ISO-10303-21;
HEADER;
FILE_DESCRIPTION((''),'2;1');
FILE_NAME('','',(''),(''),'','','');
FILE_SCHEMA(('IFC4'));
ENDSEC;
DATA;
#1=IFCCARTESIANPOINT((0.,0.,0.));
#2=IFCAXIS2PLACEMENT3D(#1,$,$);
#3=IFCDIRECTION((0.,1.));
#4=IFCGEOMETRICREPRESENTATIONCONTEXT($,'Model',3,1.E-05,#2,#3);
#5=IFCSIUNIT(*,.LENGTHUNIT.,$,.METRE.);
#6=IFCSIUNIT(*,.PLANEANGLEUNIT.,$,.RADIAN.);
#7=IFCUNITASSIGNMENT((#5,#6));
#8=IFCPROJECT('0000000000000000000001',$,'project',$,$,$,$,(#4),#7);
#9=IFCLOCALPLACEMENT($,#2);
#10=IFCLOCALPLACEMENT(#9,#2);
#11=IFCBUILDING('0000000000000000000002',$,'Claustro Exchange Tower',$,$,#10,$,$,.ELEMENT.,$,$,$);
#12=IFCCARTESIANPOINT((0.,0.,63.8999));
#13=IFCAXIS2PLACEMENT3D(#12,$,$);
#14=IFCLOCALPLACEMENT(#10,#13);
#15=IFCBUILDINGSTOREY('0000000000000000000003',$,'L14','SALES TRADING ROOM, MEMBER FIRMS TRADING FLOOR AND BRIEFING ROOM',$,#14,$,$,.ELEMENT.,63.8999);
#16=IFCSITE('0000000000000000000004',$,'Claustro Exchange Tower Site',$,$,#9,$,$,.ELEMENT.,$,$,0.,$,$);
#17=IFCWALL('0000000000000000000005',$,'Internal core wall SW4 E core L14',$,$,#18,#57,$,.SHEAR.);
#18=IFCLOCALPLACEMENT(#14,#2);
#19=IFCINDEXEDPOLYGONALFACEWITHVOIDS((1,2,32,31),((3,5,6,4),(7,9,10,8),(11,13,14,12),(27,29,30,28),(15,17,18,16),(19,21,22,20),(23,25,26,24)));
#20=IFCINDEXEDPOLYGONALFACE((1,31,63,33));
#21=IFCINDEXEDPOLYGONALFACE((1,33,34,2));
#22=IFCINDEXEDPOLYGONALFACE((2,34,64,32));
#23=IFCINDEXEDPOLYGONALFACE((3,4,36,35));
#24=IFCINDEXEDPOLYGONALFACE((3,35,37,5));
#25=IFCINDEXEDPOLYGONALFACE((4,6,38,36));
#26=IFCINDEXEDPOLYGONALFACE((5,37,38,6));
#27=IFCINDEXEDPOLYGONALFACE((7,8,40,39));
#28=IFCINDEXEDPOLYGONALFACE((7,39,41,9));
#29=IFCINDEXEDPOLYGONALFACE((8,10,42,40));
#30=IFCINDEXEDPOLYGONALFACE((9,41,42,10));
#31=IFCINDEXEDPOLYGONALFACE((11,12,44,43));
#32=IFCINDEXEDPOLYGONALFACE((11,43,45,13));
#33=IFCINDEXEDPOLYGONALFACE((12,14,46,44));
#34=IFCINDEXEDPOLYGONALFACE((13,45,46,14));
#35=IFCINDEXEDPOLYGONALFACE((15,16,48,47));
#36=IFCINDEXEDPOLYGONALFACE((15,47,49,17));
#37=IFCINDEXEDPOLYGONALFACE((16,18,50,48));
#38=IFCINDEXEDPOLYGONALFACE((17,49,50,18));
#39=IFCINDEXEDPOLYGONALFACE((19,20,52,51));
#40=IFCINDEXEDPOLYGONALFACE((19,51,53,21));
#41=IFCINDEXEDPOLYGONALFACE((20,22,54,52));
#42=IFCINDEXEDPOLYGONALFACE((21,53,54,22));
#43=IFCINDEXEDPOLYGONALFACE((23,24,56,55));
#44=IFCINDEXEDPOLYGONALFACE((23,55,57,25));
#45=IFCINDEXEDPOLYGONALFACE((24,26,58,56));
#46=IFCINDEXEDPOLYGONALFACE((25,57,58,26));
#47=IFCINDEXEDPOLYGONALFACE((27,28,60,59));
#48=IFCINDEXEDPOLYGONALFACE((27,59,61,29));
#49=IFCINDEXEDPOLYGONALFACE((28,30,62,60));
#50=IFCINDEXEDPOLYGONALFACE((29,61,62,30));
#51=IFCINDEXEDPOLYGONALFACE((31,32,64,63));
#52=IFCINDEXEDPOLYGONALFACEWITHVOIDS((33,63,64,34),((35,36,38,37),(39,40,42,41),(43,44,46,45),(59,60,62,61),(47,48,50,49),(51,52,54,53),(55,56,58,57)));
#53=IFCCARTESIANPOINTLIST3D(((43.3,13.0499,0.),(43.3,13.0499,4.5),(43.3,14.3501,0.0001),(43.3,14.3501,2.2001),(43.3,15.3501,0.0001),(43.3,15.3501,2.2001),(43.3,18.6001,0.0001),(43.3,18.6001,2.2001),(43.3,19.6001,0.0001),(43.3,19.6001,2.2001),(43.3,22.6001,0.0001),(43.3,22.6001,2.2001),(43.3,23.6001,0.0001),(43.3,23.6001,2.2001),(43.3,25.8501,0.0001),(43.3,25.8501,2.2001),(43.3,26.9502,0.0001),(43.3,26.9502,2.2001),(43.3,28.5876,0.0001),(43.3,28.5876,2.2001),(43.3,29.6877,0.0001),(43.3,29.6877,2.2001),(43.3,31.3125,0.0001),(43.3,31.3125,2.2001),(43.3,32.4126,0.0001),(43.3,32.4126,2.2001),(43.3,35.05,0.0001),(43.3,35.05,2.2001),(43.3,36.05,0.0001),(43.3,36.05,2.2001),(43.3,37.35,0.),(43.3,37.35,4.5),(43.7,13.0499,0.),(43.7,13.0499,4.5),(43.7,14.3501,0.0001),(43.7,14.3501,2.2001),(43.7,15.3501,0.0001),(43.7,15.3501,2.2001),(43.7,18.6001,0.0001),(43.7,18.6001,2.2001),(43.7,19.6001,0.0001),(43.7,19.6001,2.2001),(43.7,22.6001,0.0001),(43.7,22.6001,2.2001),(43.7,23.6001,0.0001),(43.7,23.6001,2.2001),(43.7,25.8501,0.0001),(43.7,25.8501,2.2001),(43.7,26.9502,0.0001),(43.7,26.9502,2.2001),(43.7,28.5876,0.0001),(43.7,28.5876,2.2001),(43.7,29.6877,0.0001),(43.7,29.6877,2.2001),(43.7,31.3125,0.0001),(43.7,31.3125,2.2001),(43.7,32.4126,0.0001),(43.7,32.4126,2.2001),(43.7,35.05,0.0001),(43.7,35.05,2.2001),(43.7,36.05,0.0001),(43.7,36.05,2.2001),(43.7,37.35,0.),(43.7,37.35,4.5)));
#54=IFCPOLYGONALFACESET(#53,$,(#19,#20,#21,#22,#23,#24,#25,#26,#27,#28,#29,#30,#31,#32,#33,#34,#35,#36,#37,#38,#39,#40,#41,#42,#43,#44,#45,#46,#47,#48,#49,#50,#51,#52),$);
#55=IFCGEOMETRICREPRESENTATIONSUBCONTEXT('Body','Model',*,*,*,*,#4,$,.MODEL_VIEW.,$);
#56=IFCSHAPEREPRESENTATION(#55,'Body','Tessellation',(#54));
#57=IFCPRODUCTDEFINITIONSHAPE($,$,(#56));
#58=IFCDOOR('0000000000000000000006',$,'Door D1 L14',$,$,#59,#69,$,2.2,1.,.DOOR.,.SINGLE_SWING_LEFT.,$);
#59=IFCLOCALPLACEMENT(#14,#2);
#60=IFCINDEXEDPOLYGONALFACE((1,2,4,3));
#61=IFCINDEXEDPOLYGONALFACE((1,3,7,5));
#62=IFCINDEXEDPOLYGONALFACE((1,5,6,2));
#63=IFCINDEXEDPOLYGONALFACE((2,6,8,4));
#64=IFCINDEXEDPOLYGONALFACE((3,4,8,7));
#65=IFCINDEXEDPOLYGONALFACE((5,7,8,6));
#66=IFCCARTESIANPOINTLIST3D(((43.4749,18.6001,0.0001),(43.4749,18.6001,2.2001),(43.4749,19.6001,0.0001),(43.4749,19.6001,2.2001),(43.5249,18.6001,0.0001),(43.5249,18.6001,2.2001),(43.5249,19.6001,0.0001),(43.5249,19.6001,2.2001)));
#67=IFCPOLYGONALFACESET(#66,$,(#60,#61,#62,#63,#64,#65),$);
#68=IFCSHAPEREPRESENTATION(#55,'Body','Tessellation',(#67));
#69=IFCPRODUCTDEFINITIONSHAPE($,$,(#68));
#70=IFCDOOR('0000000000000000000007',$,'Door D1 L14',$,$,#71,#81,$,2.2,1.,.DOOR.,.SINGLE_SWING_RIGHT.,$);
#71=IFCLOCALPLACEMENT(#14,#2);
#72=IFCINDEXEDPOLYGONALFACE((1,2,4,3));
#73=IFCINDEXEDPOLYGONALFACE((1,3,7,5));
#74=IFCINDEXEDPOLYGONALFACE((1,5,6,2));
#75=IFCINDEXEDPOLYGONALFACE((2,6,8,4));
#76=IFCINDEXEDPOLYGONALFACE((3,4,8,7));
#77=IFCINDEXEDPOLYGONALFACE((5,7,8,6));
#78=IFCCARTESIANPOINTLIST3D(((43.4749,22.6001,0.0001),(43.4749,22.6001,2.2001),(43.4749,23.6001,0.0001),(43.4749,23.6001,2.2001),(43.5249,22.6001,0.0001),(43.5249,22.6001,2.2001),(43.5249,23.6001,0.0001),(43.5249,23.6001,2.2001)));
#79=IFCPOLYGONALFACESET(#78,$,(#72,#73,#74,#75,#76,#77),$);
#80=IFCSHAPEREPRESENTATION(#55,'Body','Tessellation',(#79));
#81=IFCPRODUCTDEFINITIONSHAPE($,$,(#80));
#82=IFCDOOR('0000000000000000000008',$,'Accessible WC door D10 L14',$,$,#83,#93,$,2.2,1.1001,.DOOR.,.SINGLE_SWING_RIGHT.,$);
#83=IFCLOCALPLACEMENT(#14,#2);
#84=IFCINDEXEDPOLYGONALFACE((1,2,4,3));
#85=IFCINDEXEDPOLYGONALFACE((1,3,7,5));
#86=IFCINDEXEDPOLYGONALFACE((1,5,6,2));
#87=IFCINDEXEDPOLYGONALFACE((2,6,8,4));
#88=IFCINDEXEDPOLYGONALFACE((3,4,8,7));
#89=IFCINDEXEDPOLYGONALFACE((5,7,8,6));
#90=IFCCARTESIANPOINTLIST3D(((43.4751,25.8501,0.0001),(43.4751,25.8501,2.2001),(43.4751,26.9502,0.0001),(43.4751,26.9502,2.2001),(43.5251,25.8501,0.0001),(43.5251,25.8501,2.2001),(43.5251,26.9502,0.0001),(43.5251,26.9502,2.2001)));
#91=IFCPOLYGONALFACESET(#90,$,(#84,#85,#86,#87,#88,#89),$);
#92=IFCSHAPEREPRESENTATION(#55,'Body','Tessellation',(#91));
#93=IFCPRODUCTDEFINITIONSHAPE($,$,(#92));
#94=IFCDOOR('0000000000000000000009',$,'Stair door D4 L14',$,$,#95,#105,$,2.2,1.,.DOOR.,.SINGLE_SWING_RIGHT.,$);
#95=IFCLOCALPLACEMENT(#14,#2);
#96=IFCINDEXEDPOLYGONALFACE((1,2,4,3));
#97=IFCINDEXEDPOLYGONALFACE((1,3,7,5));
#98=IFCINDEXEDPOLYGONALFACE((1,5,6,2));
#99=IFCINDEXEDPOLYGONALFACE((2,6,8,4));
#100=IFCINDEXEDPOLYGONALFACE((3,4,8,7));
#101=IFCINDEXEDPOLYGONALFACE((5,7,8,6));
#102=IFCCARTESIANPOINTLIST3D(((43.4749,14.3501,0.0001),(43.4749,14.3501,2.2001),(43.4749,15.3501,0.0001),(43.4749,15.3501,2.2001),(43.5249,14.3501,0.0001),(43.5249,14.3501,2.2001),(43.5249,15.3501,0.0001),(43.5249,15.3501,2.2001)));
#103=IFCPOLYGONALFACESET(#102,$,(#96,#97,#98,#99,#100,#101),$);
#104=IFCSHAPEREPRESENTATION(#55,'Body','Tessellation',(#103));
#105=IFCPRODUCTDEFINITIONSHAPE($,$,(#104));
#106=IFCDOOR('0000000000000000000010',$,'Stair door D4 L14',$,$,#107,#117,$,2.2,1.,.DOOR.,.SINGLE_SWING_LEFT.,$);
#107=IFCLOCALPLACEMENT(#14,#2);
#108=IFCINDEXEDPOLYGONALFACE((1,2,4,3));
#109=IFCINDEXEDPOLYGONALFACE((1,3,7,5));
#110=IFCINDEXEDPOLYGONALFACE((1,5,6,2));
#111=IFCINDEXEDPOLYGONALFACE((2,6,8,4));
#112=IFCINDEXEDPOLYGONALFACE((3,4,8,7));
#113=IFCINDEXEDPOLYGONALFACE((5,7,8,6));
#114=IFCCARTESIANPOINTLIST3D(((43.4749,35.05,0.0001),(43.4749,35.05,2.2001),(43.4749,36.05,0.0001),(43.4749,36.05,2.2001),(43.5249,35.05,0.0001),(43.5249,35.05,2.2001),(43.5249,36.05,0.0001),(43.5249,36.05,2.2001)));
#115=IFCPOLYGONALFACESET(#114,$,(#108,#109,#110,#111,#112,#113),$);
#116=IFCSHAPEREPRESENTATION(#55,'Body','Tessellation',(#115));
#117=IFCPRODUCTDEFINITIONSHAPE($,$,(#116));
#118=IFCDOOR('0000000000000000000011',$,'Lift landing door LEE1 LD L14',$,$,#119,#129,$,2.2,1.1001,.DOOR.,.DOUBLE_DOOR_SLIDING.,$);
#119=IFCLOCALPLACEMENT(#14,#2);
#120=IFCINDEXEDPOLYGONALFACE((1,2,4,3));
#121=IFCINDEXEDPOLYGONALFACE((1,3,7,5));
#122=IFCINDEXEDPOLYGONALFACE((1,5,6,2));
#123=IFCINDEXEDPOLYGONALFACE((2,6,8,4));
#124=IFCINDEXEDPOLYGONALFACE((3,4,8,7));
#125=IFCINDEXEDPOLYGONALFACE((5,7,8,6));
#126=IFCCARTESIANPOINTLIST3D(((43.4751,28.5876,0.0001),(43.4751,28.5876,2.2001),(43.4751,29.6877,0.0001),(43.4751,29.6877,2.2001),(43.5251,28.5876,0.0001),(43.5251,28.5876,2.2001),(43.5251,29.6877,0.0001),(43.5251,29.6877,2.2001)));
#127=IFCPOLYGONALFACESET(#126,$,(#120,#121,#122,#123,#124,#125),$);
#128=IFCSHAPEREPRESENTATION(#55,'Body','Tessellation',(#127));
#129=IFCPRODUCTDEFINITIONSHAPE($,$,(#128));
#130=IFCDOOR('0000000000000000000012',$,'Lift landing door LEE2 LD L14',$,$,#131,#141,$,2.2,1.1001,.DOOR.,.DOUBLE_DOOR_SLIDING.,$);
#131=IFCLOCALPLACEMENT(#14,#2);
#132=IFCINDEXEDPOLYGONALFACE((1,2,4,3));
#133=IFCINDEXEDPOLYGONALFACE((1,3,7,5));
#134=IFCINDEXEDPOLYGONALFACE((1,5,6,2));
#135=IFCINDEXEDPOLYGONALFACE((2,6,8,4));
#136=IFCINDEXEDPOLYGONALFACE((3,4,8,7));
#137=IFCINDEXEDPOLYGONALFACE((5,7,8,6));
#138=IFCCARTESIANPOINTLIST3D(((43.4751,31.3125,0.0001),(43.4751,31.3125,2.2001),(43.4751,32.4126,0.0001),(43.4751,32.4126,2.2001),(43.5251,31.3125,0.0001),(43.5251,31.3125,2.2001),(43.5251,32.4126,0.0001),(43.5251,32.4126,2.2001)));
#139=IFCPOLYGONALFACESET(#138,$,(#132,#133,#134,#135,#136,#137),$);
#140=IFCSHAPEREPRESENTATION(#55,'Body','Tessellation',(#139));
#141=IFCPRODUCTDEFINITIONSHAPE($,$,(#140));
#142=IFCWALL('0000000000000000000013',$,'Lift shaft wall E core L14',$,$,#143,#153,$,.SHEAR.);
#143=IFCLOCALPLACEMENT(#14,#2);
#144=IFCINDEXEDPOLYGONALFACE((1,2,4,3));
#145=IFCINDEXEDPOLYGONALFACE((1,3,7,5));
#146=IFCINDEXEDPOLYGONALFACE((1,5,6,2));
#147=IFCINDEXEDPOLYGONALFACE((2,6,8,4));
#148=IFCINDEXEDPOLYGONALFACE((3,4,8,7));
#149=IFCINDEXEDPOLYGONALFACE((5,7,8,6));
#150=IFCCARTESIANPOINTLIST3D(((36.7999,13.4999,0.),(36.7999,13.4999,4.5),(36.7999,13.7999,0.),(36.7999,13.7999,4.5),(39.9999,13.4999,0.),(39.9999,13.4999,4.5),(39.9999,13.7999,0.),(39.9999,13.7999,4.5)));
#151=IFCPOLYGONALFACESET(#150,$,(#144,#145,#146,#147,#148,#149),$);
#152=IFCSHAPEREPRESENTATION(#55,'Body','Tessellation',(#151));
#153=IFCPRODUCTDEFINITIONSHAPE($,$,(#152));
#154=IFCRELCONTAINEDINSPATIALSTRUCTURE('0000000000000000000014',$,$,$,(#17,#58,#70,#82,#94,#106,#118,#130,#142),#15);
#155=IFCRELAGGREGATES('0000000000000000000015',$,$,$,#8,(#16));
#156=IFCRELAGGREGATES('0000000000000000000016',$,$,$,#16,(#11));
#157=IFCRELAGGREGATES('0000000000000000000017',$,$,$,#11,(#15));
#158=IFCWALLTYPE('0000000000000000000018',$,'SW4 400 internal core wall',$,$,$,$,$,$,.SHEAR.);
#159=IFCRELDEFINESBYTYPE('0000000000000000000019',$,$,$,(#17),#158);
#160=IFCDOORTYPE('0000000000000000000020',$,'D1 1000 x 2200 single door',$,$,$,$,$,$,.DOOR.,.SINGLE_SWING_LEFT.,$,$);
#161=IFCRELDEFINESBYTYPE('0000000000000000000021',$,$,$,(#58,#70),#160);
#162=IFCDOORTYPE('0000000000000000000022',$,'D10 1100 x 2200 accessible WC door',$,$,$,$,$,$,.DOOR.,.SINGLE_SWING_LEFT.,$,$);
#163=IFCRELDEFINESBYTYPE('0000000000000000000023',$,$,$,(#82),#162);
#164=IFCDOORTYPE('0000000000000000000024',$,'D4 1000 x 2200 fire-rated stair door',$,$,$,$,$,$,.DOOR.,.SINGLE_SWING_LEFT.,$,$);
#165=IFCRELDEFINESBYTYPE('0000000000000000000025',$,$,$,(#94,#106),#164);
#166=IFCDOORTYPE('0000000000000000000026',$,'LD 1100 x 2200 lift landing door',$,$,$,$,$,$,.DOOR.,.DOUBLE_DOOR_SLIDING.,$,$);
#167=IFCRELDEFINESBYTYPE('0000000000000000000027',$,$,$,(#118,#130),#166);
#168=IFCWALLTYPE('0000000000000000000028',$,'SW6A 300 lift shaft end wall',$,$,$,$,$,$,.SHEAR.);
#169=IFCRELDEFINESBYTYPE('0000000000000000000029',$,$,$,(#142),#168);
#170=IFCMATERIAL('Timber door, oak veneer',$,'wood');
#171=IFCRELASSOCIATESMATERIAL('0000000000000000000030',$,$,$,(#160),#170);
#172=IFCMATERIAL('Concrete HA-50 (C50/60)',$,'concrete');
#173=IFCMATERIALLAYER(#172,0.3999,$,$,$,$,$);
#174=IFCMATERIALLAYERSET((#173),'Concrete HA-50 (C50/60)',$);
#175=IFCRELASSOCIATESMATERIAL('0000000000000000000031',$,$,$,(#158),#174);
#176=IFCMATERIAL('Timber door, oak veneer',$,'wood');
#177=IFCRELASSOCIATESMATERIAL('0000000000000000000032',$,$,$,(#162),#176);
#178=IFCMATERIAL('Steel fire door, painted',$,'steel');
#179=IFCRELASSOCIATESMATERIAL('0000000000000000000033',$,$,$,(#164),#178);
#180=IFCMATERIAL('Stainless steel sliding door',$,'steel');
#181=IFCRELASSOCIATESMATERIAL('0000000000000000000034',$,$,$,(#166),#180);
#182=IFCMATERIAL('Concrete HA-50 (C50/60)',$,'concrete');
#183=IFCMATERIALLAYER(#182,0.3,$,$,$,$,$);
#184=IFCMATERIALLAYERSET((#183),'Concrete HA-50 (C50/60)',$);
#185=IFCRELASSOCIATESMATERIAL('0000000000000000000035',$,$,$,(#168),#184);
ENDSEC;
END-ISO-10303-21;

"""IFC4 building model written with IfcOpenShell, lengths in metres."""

from ifc_helpers import new_model, si_unit, direction, frame, frame_2d, origin, place, context, subcontext, project, spatial, rectangle, extrude, material, layer, layer_set, type_object, element, fill, save


model = new_model("IFC4")

# Units and contexts
model_context = context("Model", 3, precision=1e-05, world=origin(), true_north=direction((0.0, 1.0)))
body_context = subcontext(model_context, "Body", "Model", "MODEL_VIEW")
ifc_project = project(units=[si_unit("LENGTHUNIT", "METRE"), si_unit("PLANEANGLEUNIT", "RADIAN")], contexts=[model_context])

# Site, building, storey
site_placement = place(None, origin())
site = spatial("IfcSite", under=ifc_project, at=site_placement, Name="Claustro Exchange Tower Site", CompositionType="ELEMENT", RefElevation=0.0)
building_placement = place(site_placement, origin())
building = spatial("IfcBuilding", under=site, at=building_placement, Name="Claustro Exchange Tower", CompositionType="ELEMENT")
storey_placement = place(building_placement, frame((0.0, 0.0, 63.8999)))
storey = spatial("IfcBuildingStorey", under=building, at=storey_placement, Name="L14", Description="SALES TRADING ROOM, MEMBER FIRMS TRADING FLOOR AND BRIEFING ROOM", CompositionType="ELEMENT", Elevation=63.8999)

# Shared definitions
ifc_material_1 = material(Name="Timber door, oak veneer", Category="wood")
door_type_1 = type_object("IfcDoorType", Name="D1 1000 x 2200 single door", OperationType="SINGLE_SWING_LEFT", PredefinedType="DOOR", material=ifc_material_1)

# Wall, openings, doors
ifc_material_2 = material(Name="Concrete HA-50 (C50/60)", Category="concrete")
ifc_layer_1 = layer(ifc_material_2, 0.3999)
ifc_layer_set_1 = layer_set([ifc_layer_1], Name="Concrete HA-50 (C50/60)")
wall_type_1 = type_object("IfcWallType", Name="SW4 400 internal core wall", PredefinedType="SHEAR", material=ifc_layer_set_1)
wall_1_placement = place(storey_placement, frame((43.5, 13.05, 0.0), z_axis=(0.0, 0.0, 1.0), x_axis=(0.0, 1.0, 0.0)))
wall_1 = element("IfcWall", 1, at=wall_1_placement, inside=storey, type_object=wall_type_1, Name="Internal core wall SW4 E core L14", PredefinedType="SHEAR", context=body_context, shape_type="SweptSolid", body=[
    extrude(rectangle(XDim=24.3, YDim=0.3999, at=frame_2d((12.1499, 0.0))), origin(), (0.0, 0.0, 1.0), 4.5),
])
opening_1_placement = place(wall_1_placement, frame((1.3, 0.0, 0.0)))
opening_1 = element("IfcOpeningElement", 2, at=opening_1_placement, cuts=wall_1, PredefinedType="OPENING", context=body_context, shape_type="SweptSolid", body=[
    extrude(rectangle(XDim=1.0, YDim=2.2, at=frame_2d((0.5, 1.1001))), frame((0.0, 0.21, 0.0), z_axis=(0.0, -1.0, 0.0), x_axis=(1.0, 0.0, 0.0)), (0.0, 0.0, 1.0), 0.4199),
])
opening_2_placement = place(wall_1_placement, frame((22.0, 0.0, 0.0)))
opening_2 = element("IfcOpeningElement", 3, at=opening_2_placement, cuts=wall_1, PredefinedType="OPENING", context=body_context, shape_type="SweptSolid", body=[
    extrude(rectangle(XDim=1.0, YDim=2.2, at=frame_2d((0.5, 1.1001))), frame((0.0, 0.21, 0.0), z_axis=(0.0, -1.0, 0.0), x_axis=(1.0, 0.0, 0.0)), (0.0, 0.0, 1.0), 0.4199),
])
opening_3_placement = place(wall_1_placement, frame((5.55, 0.0, 0.0)))
opening_3 = element("IfcOpeningElement", 4, at=opening_3_placement, cuts=wall_1, PredefinedType="OPENING", context=body_context, shape_type="SweptSolid", body=[
    extrude(rectangle(XDim=1.0, YDim=2.2, at=frame_2d((0.5, 1.1001))), frame((0.0, 0.21, 0.0), z_axis=(0.0, -1.0, 0.0), x_axis=(1.0, 0.0, 0.0)), (0.0, 0.0, 1.0), 0.4199),
])
opening_4_placement = place(wall_1_placement, frame((9.55, 0.0, 0.0)))
opening_4 = element("IfcOpeningElement", 5, at=opening_4_placement, cuts=wall_1, PredefinedType="OPENING", context=body_context, shape_type="SweptSolid", body=[
    extrude(rectangle(XDim=1.0, YDim=2.2, at=frame_2d((0.5, 1.1001))), frame((0.0, 0.21, 0.0), z_axis=(0.0, -1.0, 0.0), x_axis=(1.0, 0.0, 0.0)), (0.0, 0.0, 1.0), 0.4199),
])
opening_5_placement = place(wall_1_placement, frame((12.8, 0.0, 0.0)))
opening_5 = element("IfcOpeningElement", 6, at=opening_5_placement, cuts=wall_1, PredefinedType="OPENING", context=body_context, shape_type="SweptSolid", body=[
    extrude(rectangle(XDim=1.1001, YDim=2.2, at=frame_2d((0.55, 1.1001))), frame((0.0, 0.21, 0.0), z_axis=(0.0, -1.0, 0.0), x_axis=(1.0, 0.0, 0.0)), (0.0, 0.0, 1.0), 0.4199),
])
opening_6_placement = place(wall_1_placement, frame((15.5376, 0.0, 0.0)))
opening_6 = element("IfcOpeningElement", 7, at=opening_6_placement, cuts=wall_1, PredefinedType="OPENING", context=body_context, shape_type="SweptSolid", body=[
    extrude(rectangle(XDim=1.1001, YDim=2.2, at=frame_2d((0.55, 1.1001))), frame((0.0, 0.21, 0.0), z_axis=(0.0, -1.0, 0.0), x_axis=(1.0, 0.0, 0.0)), (0.0, 0.0, 1.0), 0.4199),
])
opening_7_placement = place(wall_1_placement, frame((18.2625, 0.0, 0.0)))
opening_7 = element("IfcOpeningElement", 8, at=opening_7_placement, cuts=wall_1, PredefinedType="OPENING", context=body_context, shape_type="SweptSolid", body=[
    extrude(rectangle(XDim=1.1001, YDim=2.2, at=frame_2d((0.55, 1.1001))), frame((0.0, 0.21, 0.0), z_axis=(0.0, -1.0, 0.0), x_axis=(1.0, 0.0, 0.0)), (0.0, 0.0, 1.0), 0.4199),
])
door_1_placement = place(opening_3_placement, frame((1.0, 0.0, 0.0), z_axis=(0.0, 0.0, 1.0), x_axis=(-1.0, 0.0, 0.0)))
door_1 = element("IfcDoor", 9, at=door_1_placement, inside=storey, type_object=door_type_1, Name="Door D1 L14", OperationType="SINGLE_SWING_LEFT", OverallHeight=2.2, OverallWidth=1.0, PredefinedType="DOOR", context=body_context, shape_type="SweptSolid", body=[
    extrude(rectangle(XDim=1.0, YDim=2.2, at=frame_2d((0.5, 1.1001))), frame((0.0, 0.0249, 0.0), z_axis=(0.0, -1.0, 0.0), x_axis=(1.0, 0.0, 0.0)), (0.0, 0.0, 1.0), 0.05),
])
fill(opening_3, door_1)
door_2_placement = place(opening_4_placement, frame((1.0, 0.0, 0.0), z_axis=(0.0, 0.0, 1.0), x_axis=(-1.0, 0.0, 0.0)))
door_2 = element("IfcDoor", 10, at=door_2_placement, inside=storey, type_object=door_type_1, Name="Door D1 L14", OperationType="SINGLE_SWING_RIGHT", OverallHeight=2.2, OverallWidth=1.0, PredefinedType="DOOR", context=body_context, shape_type="SweptSolid", body=[
    extrude(rectangle(XDim=1.0, YDim=2.2, at=frame_2d((0.5, 1.1001))), frame((0.0, 0.0249, 0.0), z_axis=(0.0, -1.0, 0.0), x_axis=(1.0, 0.0, 0.0)), (0.0, 0.0, 1.0), 0.05),
])
fill(opening_4, door_2)
ifc_material_3 = material(Name="Timber door, oak veneer", Category="wood")
door_type_2 = type_object("IfcDoorType", Name="D10 1100 x 2200 accessible WC door", OperationType="SINGLE_SWING_LEFT", PredefinedType="DOOR", material=ifc_material_3)
door_3_placement = place(opening_5_placement, origin())
door_3 = element("IfcDoor", 11, at=door_3_placement, inside=storey, type_object=door_type_2, Name="Accessible WC door D10 L14", OperationType="SINGLE_SWING_RIGHT", OverallHeight=2.2, OverallWidth=1.1001, PredefinedType="DOOR", context=body_context, shape_type="SweptSolid", body=[
    extrude(rectangle(XDim=1.1001, YDim=2.2, at=frame_2d((0.55, 1.1001))), frame((0.0, 0.0249, 0.0), z_axis=(0.0, -1.0, 0.0), x_axis=(1.0, 0.0, 0.0)), (0.0, 0.0, 1.0), 0.05),
])
fill(opening_5, door_3)
ifc_material_4 = material(Name="Steel fire door, painted", Category="steel")
door_type_3 = type_object("IfcDoorType", Name="D4 1000 x 2200 fire-rated stair door", OperationType="SINGLE_SWING_LEFT", PredefinedType="DOOR", material=ifc_material_4)
door_4_placement = place(opening_1_placement, frame((1.0, 0.0, 0.0), z_axis=(0.0, 0.0, 1.0), x_axis=(-1.0, 0.0, 0.0)))
door_4 = element("IfcDoor", 12, at=door_4_placement, inside=storey, type_object=door_type_3, Name="Stair door D4 L14", OperationType="SINGLE_SWING_RIGHT", OverallHeight=2.2, OverallWidth=1.0, PredefinedType="DOOR", context=body_context, shape_type="SweptSolid", body=[
    extrude(rectangle(XDim=1.0, YDim=2.2, at=frame_2d((0.5, 1.1001))), frame((0.0, 0.0249, 0.0), z_axis=(0.0, -1.0, 0.0), x_axis=(1.0, 0.0, 0.0)), (0.0, 0.0, 1.0), 0.05),
])
fill(opening_1, door_4)
door_5_placement = place(opening_2_placement, frame((1.0, 0.0, 0.0), z_axis=(0.0, 0.0, 1.0), x_axis=(-1.0, 0.0, 0.0)))
door_5 = element("IfcDoor", 13, at=door_5_placement, inside=storey, type_object=door_type_3, Name="Stair door D4 L14", OperationType="SINGLE_SWING_LEFT", OverallHeight=2.2, OverallWidth=1.0, PredefinedType="DOOR", context=body_context, shape_type="SweptSolid", body=[
    extrude(rectangle(XDim=1.0, YDim=2.2, at=frame_2d((0.5, 1.1001))), frame((0.0, 0.0249, 0.0), z_axis=(0.0, -1.0, 0.0), x_axis=(1.0, 0.0, 0.0)), (0.0, 0.0, 1.0), 0.05),
])
fill(opening_2, door_5)
ifc_material_5 = material(Name="Stainless steel sliding door", Category="steel")
door_type_4 = type_object("IfcDoorType", Name="LD 1100 x 2200 lift landing door", OperationType="DOUBLE_DOOR_SLIDING", PredefinedType="DOOR", material=ifc_material_5)
door_6_placement = place(opening_6_placement, origin())
door_6 = element("IfcDoor", 14, at=door_6_placement, inside=storey, type_object=door_type_4, Name="Lift landing door LEE1 LD L14", OperationType="DOUBLE_DOOR_SLIDING", OverallHeight=2.2, OverallWidth=1.1001, PredefinedType="DOOR", context=body_context, shape_type="SweptSolid", body=[
    extrude(rectangle(XDim=1.1001, YDim=2.2, at=frame_2d((0.55, 1.1001))), frame((0.0, 0.0249, 0.0), z_axis=(0.0, -1.0, 0.0), x_axis=(1.0, 0.0, 0.0)), (0.0, 0.0, 1.0), 0.05),
])
fill(opening_6, door_6)
door_7_placement = place(opening_7_placement, origin())
door_7 = element("IfcDoor", 15, at=door_7_placement, inside=storey, type_object=door_type_4, Name="Lift landing door LEE2 LD L14", OperationType="DOUBLE_DOOR_SLIDING", OverallHeight=2.2, OverallWidth=1.1001, PredefinedType="DOOR", context=body_context, shape_type="SweptSolid", body=[
    extrude(rectangle(XDim=1.1001, YDim=2.2, at=frame_2d((0.55, 1.1001))), frame((0.0, 0.0249, 0.0), z_axis=(0.0, -1.0, 0.0), x_axis=(1.0, 0.0, 0.0)), (0.0, 0.0, 1.0), 0.05),
])
fill(opening_7, door_7)

# Wall
ifc_material_6 = material(Name="Concrete HA-50 (C50/60)", Category="concrete")
ifc_layer_2 = layer(ifc_material_6, 0.3)
ifc_layer_set_2 = layer_set([ifc_layer_2], Name="Concrete HA-50 (C50/60)")
wall_type_2 = type_object("IfcWallType", Name="SW6A 300 lift shaft end wall", PredefinedType="SHEAR", material=ifc_layer_set_2)
wall_2_placement = place(storey_placement, frame((40.0, 13.6499, 0.0), z_axis=(0.0, 0.0, 1.0), x_axis=(-1.0, 0.0, 0.0)))
element("IfcWall", 16, at=wall_2_placement, inside=storey, type_object=wall_type_2, Name="Lift shaft wall E core L14", PredefinedType="SHEAR", context=body_context, shape_type="SweptSolid", body=[
    extrude(rectangle(XDim=3.2, YDim=0.3, at=frame_2d((1.6001, 0.0))), origin(), (0.0, 0.0, 1.0), 4.5),
])

save(model, "model.ifc")
